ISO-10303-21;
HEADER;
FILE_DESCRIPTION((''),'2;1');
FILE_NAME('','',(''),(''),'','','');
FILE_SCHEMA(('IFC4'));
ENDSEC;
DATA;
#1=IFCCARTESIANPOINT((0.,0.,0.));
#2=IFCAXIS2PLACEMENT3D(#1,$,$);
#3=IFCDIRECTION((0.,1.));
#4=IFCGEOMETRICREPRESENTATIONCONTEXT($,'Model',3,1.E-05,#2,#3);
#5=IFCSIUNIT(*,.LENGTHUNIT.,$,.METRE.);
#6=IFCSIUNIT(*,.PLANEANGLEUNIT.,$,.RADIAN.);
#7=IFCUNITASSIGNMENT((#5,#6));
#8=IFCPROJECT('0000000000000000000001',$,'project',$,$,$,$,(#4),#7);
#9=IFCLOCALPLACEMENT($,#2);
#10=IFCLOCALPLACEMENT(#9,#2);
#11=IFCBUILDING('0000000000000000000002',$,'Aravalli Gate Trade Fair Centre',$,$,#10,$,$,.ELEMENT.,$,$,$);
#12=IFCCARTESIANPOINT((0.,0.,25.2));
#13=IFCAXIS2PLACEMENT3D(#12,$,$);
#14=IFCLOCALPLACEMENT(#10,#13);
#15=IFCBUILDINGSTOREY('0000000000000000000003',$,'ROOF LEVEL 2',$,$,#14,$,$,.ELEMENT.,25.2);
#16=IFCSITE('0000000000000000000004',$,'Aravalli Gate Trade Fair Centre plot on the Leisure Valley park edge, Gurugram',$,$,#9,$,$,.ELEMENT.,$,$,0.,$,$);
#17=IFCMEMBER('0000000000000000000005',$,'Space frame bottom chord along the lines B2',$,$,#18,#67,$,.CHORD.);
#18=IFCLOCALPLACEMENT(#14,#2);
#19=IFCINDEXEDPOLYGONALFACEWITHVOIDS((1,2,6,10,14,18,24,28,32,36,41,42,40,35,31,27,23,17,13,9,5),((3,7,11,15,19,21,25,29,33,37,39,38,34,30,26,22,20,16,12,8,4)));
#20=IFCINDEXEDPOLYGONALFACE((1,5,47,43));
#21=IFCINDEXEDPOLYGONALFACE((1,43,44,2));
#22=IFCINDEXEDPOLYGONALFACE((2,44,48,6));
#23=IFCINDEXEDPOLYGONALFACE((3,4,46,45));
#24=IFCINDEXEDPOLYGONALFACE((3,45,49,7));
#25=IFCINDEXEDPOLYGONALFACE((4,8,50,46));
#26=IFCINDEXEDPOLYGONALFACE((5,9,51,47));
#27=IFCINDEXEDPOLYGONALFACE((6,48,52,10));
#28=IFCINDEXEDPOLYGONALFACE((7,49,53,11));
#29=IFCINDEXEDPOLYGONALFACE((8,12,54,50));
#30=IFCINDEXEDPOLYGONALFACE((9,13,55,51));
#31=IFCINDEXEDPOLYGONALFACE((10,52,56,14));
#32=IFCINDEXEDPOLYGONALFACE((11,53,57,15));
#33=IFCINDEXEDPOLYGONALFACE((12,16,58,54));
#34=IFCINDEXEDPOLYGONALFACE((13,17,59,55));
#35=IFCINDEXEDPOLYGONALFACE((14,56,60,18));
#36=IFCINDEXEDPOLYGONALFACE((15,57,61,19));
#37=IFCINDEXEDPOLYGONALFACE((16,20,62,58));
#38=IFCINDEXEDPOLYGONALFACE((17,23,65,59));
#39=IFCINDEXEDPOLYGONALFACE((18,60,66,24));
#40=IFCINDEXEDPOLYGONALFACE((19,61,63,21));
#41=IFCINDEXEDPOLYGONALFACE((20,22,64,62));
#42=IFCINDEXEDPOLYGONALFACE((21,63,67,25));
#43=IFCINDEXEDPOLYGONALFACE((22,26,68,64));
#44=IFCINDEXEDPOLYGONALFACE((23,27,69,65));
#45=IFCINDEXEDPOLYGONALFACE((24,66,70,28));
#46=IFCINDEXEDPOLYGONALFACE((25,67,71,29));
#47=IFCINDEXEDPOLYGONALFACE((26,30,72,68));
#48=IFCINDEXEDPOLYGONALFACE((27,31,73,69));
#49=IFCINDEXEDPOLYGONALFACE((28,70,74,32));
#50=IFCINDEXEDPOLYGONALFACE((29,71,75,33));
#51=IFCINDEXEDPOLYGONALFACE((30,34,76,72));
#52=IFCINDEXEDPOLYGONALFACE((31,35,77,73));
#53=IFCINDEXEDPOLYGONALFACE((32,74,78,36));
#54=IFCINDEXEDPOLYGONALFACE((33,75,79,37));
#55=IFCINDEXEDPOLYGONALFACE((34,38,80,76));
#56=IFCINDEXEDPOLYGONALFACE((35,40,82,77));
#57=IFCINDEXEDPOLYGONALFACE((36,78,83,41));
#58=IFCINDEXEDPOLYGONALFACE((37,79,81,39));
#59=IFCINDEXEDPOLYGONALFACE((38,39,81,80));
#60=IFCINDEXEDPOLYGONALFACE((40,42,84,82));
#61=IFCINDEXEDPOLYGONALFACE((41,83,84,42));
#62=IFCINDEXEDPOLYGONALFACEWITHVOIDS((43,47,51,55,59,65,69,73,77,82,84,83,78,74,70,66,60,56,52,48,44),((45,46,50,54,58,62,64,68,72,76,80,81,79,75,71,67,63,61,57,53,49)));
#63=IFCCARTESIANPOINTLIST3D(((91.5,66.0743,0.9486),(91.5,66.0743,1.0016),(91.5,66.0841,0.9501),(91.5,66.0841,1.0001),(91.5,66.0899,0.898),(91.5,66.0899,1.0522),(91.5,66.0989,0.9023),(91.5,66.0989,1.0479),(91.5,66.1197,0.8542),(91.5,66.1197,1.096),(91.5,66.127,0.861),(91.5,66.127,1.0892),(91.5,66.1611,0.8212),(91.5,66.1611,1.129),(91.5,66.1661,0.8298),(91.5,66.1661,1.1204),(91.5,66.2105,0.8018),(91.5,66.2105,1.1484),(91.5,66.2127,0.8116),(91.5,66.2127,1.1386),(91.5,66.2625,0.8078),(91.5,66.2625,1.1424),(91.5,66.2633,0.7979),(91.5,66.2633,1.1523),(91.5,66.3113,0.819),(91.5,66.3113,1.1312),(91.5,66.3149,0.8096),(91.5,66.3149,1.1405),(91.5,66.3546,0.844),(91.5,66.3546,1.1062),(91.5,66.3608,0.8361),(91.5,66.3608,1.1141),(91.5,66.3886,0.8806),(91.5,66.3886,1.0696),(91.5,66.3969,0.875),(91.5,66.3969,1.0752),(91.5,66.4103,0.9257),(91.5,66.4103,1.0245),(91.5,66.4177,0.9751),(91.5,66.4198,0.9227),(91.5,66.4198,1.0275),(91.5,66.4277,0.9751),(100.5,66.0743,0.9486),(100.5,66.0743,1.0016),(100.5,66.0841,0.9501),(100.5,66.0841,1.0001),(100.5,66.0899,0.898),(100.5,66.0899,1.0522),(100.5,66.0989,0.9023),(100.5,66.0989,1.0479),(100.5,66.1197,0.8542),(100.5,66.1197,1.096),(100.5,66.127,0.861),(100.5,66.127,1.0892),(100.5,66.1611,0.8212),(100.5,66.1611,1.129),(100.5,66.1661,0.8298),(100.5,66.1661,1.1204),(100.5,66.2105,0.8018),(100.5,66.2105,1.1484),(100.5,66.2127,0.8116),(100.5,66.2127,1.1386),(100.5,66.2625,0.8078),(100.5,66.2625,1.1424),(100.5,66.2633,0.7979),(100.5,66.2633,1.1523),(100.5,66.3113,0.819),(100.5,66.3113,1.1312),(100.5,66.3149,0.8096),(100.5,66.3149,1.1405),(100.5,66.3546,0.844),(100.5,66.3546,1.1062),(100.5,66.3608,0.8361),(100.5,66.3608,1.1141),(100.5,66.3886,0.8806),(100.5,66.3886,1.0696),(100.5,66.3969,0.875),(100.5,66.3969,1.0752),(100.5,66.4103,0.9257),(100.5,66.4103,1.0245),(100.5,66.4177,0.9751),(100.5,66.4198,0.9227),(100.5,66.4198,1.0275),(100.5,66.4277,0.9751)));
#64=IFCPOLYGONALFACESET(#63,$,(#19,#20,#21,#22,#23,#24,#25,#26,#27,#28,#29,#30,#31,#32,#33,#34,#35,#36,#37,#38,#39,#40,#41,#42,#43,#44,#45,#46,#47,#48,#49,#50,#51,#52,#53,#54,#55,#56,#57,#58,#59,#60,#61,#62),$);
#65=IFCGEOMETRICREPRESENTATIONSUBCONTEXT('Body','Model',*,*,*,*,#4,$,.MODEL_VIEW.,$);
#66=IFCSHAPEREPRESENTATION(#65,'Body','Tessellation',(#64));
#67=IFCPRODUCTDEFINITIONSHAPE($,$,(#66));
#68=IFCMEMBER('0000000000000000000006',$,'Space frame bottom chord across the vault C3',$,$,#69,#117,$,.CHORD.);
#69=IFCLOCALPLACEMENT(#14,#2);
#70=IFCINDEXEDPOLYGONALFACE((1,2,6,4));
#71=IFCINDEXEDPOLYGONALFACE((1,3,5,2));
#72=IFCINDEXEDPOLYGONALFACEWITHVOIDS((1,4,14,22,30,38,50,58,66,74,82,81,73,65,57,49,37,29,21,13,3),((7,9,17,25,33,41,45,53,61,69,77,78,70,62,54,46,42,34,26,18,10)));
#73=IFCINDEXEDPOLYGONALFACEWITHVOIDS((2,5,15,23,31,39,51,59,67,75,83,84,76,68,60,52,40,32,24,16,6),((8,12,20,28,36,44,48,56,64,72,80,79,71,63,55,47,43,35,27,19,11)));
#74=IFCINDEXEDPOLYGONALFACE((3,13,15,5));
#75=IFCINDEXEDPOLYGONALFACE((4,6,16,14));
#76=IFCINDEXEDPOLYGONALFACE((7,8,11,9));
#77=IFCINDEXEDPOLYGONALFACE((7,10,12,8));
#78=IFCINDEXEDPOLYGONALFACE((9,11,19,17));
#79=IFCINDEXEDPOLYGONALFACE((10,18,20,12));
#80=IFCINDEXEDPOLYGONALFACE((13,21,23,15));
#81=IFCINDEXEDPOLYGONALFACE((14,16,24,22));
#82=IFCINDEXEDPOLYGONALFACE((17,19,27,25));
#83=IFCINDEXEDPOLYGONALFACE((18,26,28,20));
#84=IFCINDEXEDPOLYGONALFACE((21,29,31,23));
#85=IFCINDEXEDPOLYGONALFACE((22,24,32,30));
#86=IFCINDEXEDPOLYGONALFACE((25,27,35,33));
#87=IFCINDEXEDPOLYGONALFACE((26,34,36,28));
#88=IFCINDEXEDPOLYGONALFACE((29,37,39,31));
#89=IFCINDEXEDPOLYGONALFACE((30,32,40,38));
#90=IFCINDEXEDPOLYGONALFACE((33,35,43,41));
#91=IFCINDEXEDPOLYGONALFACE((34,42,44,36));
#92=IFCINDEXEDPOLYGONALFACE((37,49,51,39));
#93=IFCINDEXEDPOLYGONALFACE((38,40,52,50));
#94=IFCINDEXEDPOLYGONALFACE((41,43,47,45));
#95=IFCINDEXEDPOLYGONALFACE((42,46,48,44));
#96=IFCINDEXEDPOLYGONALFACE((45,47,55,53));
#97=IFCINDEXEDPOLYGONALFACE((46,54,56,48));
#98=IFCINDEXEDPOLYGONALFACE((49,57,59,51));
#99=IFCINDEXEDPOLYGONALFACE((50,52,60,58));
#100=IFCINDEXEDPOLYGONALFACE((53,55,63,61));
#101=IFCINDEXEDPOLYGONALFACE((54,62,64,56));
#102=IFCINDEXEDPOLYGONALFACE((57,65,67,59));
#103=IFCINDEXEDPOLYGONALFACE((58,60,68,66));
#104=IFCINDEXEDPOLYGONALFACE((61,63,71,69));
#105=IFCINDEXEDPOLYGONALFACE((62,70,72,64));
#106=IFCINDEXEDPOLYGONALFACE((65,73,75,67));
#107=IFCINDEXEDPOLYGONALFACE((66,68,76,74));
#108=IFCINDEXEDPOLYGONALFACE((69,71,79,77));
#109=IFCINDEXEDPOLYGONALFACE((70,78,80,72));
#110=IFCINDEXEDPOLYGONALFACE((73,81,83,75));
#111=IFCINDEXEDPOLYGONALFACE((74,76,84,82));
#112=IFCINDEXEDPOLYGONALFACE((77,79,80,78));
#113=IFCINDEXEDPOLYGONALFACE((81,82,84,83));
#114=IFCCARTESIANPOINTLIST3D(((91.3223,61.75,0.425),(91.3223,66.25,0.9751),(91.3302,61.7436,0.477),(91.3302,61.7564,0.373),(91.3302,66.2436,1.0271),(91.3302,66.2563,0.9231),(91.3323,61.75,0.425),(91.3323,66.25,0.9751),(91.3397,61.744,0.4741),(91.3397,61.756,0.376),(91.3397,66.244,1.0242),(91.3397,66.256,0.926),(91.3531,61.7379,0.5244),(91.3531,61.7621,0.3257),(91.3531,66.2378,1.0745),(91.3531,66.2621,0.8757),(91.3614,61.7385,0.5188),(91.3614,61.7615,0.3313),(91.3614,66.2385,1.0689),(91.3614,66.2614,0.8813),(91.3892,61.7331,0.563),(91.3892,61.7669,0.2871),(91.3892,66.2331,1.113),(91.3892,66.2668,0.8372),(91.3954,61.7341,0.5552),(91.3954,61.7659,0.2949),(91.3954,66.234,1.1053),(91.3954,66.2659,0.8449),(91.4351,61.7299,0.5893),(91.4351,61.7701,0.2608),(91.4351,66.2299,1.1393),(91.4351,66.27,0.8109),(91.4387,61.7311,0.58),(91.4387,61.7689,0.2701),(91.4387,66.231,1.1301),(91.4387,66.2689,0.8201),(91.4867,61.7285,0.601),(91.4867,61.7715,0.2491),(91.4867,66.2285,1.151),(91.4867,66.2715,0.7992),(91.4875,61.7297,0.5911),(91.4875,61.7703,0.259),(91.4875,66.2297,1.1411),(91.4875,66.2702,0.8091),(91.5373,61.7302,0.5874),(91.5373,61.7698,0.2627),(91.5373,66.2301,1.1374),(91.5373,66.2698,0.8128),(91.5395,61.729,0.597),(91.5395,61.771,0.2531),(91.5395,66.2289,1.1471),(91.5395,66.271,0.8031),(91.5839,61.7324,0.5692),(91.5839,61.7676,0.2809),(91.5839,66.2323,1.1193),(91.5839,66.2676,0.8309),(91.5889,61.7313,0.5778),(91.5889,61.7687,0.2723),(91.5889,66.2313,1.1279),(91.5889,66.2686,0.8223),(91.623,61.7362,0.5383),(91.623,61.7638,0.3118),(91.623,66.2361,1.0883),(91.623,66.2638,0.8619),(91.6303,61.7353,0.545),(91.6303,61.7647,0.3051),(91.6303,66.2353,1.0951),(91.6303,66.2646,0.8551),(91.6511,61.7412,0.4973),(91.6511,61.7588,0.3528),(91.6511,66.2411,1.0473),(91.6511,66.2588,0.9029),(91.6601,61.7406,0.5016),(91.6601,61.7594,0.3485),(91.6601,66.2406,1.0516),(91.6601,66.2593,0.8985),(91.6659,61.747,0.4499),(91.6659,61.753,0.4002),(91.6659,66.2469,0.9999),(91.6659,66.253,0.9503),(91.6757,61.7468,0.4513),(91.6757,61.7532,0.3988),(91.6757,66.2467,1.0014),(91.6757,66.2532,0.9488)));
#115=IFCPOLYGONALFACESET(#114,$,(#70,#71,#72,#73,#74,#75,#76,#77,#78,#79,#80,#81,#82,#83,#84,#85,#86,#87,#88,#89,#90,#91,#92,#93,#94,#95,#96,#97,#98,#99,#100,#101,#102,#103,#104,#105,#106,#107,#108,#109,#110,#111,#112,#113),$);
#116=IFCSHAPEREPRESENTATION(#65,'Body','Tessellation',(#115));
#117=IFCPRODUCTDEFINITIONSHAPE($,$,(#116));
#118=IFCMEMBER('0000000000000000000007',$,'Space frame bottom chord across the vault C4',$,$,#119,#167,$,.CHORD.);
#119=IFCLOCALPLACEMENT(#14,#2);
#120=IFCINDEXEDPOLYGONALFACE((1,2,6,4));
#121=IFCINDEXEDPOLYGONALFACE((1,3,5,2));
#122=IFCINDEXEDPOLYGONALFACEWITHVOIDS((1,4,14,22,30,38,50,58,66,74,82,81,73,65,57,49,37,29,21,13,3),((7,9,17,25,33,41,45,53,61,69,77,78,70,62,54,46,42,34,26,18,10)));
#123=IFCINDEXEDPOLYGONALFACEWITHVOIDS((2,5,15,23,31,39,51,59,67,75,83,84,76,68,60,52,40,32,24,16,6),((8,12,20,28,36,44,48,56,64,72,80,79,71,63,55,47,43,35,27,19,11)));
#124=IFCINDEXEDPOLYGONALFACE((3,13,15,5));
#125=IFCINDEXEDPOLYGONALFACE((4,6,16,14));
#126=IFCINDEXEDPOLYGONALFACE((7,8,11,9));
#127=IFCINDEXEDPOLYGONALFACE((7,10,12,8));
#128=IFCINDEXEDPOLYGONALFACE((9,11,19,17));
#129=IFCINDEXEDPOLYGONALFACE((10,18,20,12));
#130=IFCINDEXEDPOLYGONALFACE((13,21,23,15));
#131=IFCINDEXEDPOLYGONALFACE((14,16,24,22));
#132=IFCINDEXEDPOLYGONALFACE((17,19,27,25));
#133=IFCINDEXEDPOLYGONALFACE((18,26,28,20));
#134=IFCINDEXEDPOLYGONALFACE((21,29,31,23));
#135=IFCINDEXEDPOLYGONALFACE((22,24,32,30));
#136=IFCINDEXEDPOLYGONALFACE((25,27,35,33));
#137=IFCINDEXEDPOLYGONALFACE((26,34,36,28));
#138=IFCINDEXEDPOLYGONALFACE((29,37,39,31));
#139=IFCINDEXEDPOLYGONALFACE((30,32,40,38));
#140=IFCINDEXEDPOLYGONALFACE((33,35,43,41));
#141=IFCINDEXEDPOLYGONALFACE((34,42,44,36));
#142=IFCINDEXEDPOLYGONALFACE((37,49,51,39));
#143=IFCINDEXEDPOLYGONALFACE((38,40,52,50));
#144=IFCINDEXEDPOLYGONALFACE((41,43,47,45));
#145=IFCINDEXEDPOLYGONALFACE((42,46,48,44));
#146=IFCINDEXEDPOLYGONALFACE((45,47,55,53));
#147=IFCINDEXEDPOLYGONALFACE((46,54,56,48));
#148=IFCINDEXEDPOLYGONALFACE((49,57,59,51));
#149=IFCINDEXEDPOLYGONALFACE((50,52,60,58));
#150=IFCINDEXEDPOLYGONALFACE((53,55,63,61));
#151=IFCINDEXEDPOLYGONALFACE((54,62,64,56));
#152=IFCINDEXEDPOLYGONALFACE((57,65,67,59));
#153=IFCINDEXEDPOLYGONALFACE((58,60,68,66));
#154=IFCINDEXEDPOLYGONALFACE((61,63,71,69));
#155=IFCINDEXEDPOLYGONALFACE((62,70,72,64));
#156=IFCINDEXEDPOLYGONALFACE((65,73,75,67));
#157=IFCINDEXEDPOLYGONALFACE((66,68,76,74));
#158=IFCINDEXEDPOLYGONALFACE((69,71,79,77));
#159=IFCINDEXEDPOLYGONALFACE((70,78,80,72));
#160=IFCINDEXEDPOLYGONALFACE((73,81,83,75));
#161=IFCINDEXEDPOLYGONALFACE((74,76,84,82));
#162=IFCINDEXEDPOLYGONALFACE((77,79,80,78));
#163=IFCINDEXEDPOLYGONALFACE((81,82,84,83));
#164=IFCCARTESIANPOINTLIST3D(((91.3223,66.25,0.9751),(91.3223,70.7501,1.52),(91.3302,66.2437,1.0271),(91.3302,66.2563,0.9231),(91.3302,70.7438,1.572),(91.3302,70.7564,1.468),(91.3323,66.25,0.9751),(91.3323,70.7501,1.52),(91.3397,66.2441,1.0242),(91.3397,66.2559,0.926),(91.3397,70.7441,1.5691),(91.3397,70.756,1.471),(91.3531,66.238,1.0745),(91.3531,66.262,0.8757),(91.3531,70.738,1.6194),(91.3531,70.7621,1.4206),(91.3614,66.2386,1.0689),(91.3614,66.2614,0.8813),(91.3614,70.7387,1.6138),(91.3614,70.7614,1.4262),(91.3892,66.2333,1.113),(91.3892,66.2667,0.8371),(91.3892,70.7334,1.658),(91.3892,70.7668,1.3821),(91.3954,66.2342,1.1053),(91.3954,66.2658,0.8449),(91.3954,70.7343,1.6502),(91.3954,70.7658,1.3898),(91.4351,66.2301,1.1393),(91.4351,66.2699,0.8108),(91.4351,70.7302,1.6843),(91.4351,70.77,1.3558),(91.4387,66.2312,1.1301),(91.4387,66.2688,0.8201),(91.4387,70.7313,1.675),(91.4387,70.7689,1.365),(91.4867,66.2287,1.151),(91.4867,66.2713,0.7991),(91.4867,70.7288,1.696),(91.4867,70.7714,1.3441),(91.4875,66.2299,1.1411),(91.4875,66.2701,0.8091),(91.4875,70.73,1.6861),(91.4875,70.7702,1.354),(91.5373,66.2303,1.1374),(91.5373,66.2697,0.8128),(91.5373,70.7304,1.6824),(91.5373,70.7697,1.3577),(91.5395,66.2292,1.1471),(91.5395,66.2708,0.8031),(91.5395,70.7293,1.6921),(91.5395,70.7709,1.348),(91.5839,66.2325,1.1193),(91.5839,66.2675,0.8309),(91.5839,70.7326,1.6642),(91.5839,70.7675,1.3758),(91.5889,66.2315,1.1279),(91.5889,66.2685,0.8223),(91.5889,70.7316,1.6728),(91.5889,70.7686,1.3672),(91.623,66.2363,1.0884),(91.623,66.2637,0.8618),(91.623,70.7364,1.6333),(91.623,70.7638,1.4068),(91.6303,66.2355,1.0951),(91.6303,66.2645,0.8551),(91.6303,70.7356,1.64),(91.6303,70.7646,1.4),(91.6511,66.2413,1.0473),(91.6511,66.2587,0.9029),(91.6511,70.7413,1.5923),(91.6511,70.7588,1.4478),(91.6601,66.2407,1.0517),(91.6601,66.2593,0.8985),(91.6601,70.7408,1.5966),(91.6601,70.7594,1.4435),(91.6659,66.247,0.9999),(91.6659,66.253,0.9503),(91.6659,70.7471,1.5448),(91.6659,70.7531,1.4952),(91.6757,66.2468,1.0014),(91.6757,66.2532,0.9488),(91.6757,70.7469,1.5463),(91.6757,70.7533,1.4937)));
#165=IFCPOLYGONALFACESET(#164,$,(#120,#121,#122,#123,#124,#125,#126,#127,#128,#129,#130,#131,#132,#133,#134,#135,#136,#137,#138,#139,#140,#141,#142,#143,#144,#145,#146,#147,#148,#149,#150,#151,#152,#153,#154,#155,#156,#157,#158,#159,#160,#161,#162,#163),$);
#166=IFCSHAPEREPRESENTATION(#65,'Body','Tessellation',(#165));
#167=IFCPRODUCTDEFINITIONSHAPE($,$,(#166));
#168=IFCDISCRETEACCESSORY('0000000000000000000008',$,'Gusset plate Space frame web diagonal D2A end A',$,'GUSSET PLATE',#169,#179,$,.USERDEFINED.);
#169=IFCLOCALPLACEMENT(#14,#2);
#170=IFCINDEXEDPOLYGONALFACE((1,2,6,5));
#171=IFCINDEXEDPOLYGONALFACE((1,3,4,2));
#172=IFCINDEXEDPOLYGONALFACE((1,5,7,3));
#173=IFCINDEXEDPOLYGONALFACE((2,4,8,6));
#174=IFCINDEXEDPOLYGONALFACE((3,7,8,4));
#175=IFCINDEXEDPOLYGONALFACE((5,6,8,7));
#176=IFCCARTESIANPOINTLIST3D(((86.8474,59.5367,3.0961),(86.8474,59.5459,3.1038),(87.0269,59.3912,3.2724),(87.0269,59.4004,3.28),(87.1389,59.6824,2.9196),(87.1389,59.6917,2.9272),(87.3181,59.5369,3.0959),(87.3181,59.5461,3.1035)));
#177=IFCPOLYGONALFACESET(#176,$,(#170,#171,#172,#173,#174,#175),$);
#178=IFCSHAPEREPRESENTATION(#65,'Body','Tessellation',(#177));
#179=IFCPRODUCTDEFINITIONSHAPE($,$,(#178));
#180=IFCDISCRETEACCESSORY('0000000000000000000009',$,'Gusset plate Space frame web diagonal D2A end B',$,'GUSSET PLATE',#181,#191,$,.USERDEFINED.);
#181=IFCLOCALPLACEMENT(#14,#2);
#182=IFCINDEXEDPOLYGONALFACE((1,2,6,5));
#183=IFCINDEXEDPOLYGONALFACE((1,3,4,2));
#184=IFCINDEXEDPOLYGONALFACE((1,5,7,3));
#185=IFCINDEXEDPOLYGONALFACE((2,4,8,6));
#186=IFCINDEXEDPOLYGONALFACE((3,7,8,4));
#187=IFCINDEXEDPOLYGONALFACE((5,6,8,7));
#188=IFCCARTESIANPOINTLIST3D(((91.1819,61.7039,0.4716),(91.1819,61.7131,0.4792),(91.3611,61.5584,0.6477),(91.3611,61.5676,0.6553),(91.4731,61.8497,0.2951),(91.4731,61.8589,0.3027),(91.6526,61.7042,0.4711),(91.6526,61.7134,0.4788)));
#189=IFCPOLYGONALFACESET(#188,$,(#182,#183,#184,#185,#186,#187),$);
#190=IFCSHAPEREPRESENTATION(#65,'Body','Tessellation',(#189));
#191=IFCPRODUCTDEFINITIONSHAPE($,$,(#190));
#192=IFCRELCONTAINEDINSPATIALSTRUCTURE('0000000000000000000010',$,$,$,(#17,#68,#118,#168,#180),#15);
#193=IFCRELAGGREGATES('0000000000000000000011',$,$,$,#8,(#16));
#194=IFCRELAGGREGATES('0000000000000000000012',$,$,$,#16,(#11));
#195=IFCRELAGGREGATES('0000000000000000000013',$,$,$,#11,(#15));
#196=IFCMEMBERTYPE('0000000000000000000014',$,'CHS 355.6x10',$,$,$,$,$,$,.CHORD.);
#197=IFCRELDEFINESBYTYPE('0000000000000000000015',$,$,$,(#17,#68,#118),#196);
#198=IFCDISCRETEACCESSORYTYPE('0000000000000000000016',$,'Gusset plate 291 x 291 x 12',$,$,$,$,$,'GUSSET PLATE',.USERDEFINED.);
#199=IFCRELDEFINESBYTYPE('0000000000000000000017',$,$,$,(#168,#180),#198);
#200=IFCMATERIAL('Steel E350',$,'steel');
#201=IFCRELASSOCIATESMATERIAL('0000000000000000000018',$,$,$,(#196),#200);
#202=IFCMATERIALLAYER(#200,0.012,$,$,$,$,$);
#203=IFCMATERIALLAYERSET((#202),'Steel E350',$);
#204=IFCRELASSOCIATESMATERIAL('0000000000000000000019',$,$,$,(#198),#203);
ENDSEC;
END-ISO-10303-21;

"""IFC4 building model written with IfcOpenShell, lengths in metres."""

from ifc_helpers import new_model, si_unit, direction, frame, origin, origin_2d, place, context, subcontext, project, spatial, polyline, hollow_circle, outline, extrude, material, layer, layer_set, material_profile, profile_set, type_object, element, save


model = new_model("IFC4")

# Units and contexts
model_context = context("Model", 3, precision=1e-05, world=origin(), true_north=direction((0.0, 1.0)))
body_context = subcontext(model_context, "Body", "Model", "MODEL_VIEW")
ifc_project = project(units=[si_unit("LENGTHUNIT", "METRE"), si_unit("PLANEANGLEUNIT", "RADIAN")], contexts=[model_context])

# Site, building, storey
site_placement = place(None, origin())
site = spatial("IfcSite", under=ifc_project, at=site_placement, Name="Aravalli Gate Trade Fair Centre plot on the Leisure Valley park edge, Gurugram", CompositionType="ELEMENT", RefElevation=0.0)
building_placement = place(site_placement, origin())
building = spatial("IfcBuilding", under=site, at=building_placement, Name="Aravalli Gate Trade Fair Centre", CompositionType="ELEMENT")
storey_placement = place(building_placement, frame((0.0, 0.0, 25.2)))
storey = spatial("IfcBuildingStorey", under=building, at=storey_placement, Name="ROOF LEVEL 2", CompositionType="ELEMENT", Elevation=25.2)

# Members
ifc_material = material(Name="Steel E350", Category="steel")
ifc_material_profile_1 = material_profile(ifc_material, hollow_circle(Radius=0.1777, WallThickness=0.01, at=origin_2d()), Name="CHS 355.6x10")
ifc_profile_set_1 = profile_set([ifc_material_profile_1], Name="Steel E350")
member_type_1 = type_object("IfcMemberType", Name="CHS 355.6x10", PredefinedType="CHORD", material=ifc_profile_set_1)
for number, where, z_axis, x_axis, name in (
    (1, (91.5, 66.25, 0.9751), (1.0, 0.0, 0.0), (0.0, 1.0, 0.0), "Space frame bottom chord along the lines B2"),
):
    element("IfcMember", number, at=place(storey_placement, frame(where, z_axis=z_axis, x_axis=x_axis)), inside=storey, type_object=member_type_1, Name=name, PredefinedType="CHORD", context=body_context, shape_type="SweptSolid", body=[
        extrude(hollow_circle(Radius=0.1777, WallThickness=0.01, at=origin_2d()), origin(), (0.0, 0.0, 1.0), 9.0),
    ])
member_1_placement = place(storey_placement, frame((91.5, 61.75, 0.425), z_axis=(0.0, 0.992612, 0.12133), x_axis=(-1.0, 0.0, 0.0)))
element("IfcMember", 2, at=member_1_placement, inside=storey, type_object=member_type_1, Name="Space frame bottom chord across the vault C3", PredefinedType="CHORD", context=body_context, shape_type="SweptSolid", body=[
    extrude(hollow_circle(Radius=0.1777, WallThickness=0.01, at=origin_2d()), origin(), (0.0, 0.0, 1.0), 4.5334),
])
member_2_placement = place(storey_placement, frame((91.5, 66.25, 0.9751), z_axis=(0.0, 0.992748, 0.120216), x_axis=(-1.0, 0.0, 0.0)))
element("IfcMember", 3, at=member_2_placement, inside=storey, type_object=member_type_1, Name="Space frame bottom chord across the vault C4", PredefinedType="CHORD", context=body_context, shape_type="SweptSolid", body=[
    extrude(hollow_circle(Radius=0.1777, WallThickness=0.01, at=origin_2d()), origin(), (0.0, 0.0, 1.0), 4.533),
])

# Discrete accessories
ifc_layer_1 = layer(ifc_material, 0.012)
ifc_layer_set_1 = layer_set([ifc_layer_1], Name="Steel E350")
discrete_accessory_type_1 = type_object("IfcDiscreteAccessoryType", Name="Gusset plate 291 x 291 x 12", ElementType="GUSSET PLATE", PredefinedType="USERDEFINED", material=ifc_layer_set_1)
discrete_accessory_1_placement = place(storey_placement, frame((87.1389, 59.6917, 2.9272), z_axis=(-0.00007, 0.771155, 0.636648), x_axis=(-0.786484, -0.393242, 0.476238)))
element("IfcDiscreteAccessory", 4, at=discrete_accessory_1_placement, inside=storey, type_object=discrete_accessory_type_1, Name="Gusset plate Space frame web diagonal D2A end A", ObjectType="GUSSET PLATE", PredefinedType="USERDEFINED", context=body_context, shape_type="SweptSolid", body=[
    extrude(outline(polyline([(0.0, 0.0), (0.3706, 0.0), (0.3707, 0.2906), (0.0002, 0.2904), (0.0, 0.0)])), origin(), (0.0, 0.0, -1.0), 0.012),
])
discrete_accessory_2_placement = place(storey_placement, frame((91.1819, 61.7131, 0.4792), z_axis=(0.000261, 0.770887, 0.636972), x_axis=(0.786233, 0.393446, -0.476485)))
element("IfcDiscreteAccessory", 5, at=discrete_accessory_2_placement, inside=storey, type_object=discrete_accessory_type_1, Name="Gusset plate Space frame web diagonal D2A end B", ObjectType="GUSSET PLATE", PredefinedType="USERDEFINED", context=body_context, shape_type="SweptSolid", body=[
    extrude(outline(polyline([(0.0, 0.0), (0.3704, 0.0), (0.3704, -0.2904), (-0.0002, -0.2903), (0.0, 0.0)])), origin(), (0.0, 0.0, -1.0), 0.012),
])

save(model, "model.ifc")
